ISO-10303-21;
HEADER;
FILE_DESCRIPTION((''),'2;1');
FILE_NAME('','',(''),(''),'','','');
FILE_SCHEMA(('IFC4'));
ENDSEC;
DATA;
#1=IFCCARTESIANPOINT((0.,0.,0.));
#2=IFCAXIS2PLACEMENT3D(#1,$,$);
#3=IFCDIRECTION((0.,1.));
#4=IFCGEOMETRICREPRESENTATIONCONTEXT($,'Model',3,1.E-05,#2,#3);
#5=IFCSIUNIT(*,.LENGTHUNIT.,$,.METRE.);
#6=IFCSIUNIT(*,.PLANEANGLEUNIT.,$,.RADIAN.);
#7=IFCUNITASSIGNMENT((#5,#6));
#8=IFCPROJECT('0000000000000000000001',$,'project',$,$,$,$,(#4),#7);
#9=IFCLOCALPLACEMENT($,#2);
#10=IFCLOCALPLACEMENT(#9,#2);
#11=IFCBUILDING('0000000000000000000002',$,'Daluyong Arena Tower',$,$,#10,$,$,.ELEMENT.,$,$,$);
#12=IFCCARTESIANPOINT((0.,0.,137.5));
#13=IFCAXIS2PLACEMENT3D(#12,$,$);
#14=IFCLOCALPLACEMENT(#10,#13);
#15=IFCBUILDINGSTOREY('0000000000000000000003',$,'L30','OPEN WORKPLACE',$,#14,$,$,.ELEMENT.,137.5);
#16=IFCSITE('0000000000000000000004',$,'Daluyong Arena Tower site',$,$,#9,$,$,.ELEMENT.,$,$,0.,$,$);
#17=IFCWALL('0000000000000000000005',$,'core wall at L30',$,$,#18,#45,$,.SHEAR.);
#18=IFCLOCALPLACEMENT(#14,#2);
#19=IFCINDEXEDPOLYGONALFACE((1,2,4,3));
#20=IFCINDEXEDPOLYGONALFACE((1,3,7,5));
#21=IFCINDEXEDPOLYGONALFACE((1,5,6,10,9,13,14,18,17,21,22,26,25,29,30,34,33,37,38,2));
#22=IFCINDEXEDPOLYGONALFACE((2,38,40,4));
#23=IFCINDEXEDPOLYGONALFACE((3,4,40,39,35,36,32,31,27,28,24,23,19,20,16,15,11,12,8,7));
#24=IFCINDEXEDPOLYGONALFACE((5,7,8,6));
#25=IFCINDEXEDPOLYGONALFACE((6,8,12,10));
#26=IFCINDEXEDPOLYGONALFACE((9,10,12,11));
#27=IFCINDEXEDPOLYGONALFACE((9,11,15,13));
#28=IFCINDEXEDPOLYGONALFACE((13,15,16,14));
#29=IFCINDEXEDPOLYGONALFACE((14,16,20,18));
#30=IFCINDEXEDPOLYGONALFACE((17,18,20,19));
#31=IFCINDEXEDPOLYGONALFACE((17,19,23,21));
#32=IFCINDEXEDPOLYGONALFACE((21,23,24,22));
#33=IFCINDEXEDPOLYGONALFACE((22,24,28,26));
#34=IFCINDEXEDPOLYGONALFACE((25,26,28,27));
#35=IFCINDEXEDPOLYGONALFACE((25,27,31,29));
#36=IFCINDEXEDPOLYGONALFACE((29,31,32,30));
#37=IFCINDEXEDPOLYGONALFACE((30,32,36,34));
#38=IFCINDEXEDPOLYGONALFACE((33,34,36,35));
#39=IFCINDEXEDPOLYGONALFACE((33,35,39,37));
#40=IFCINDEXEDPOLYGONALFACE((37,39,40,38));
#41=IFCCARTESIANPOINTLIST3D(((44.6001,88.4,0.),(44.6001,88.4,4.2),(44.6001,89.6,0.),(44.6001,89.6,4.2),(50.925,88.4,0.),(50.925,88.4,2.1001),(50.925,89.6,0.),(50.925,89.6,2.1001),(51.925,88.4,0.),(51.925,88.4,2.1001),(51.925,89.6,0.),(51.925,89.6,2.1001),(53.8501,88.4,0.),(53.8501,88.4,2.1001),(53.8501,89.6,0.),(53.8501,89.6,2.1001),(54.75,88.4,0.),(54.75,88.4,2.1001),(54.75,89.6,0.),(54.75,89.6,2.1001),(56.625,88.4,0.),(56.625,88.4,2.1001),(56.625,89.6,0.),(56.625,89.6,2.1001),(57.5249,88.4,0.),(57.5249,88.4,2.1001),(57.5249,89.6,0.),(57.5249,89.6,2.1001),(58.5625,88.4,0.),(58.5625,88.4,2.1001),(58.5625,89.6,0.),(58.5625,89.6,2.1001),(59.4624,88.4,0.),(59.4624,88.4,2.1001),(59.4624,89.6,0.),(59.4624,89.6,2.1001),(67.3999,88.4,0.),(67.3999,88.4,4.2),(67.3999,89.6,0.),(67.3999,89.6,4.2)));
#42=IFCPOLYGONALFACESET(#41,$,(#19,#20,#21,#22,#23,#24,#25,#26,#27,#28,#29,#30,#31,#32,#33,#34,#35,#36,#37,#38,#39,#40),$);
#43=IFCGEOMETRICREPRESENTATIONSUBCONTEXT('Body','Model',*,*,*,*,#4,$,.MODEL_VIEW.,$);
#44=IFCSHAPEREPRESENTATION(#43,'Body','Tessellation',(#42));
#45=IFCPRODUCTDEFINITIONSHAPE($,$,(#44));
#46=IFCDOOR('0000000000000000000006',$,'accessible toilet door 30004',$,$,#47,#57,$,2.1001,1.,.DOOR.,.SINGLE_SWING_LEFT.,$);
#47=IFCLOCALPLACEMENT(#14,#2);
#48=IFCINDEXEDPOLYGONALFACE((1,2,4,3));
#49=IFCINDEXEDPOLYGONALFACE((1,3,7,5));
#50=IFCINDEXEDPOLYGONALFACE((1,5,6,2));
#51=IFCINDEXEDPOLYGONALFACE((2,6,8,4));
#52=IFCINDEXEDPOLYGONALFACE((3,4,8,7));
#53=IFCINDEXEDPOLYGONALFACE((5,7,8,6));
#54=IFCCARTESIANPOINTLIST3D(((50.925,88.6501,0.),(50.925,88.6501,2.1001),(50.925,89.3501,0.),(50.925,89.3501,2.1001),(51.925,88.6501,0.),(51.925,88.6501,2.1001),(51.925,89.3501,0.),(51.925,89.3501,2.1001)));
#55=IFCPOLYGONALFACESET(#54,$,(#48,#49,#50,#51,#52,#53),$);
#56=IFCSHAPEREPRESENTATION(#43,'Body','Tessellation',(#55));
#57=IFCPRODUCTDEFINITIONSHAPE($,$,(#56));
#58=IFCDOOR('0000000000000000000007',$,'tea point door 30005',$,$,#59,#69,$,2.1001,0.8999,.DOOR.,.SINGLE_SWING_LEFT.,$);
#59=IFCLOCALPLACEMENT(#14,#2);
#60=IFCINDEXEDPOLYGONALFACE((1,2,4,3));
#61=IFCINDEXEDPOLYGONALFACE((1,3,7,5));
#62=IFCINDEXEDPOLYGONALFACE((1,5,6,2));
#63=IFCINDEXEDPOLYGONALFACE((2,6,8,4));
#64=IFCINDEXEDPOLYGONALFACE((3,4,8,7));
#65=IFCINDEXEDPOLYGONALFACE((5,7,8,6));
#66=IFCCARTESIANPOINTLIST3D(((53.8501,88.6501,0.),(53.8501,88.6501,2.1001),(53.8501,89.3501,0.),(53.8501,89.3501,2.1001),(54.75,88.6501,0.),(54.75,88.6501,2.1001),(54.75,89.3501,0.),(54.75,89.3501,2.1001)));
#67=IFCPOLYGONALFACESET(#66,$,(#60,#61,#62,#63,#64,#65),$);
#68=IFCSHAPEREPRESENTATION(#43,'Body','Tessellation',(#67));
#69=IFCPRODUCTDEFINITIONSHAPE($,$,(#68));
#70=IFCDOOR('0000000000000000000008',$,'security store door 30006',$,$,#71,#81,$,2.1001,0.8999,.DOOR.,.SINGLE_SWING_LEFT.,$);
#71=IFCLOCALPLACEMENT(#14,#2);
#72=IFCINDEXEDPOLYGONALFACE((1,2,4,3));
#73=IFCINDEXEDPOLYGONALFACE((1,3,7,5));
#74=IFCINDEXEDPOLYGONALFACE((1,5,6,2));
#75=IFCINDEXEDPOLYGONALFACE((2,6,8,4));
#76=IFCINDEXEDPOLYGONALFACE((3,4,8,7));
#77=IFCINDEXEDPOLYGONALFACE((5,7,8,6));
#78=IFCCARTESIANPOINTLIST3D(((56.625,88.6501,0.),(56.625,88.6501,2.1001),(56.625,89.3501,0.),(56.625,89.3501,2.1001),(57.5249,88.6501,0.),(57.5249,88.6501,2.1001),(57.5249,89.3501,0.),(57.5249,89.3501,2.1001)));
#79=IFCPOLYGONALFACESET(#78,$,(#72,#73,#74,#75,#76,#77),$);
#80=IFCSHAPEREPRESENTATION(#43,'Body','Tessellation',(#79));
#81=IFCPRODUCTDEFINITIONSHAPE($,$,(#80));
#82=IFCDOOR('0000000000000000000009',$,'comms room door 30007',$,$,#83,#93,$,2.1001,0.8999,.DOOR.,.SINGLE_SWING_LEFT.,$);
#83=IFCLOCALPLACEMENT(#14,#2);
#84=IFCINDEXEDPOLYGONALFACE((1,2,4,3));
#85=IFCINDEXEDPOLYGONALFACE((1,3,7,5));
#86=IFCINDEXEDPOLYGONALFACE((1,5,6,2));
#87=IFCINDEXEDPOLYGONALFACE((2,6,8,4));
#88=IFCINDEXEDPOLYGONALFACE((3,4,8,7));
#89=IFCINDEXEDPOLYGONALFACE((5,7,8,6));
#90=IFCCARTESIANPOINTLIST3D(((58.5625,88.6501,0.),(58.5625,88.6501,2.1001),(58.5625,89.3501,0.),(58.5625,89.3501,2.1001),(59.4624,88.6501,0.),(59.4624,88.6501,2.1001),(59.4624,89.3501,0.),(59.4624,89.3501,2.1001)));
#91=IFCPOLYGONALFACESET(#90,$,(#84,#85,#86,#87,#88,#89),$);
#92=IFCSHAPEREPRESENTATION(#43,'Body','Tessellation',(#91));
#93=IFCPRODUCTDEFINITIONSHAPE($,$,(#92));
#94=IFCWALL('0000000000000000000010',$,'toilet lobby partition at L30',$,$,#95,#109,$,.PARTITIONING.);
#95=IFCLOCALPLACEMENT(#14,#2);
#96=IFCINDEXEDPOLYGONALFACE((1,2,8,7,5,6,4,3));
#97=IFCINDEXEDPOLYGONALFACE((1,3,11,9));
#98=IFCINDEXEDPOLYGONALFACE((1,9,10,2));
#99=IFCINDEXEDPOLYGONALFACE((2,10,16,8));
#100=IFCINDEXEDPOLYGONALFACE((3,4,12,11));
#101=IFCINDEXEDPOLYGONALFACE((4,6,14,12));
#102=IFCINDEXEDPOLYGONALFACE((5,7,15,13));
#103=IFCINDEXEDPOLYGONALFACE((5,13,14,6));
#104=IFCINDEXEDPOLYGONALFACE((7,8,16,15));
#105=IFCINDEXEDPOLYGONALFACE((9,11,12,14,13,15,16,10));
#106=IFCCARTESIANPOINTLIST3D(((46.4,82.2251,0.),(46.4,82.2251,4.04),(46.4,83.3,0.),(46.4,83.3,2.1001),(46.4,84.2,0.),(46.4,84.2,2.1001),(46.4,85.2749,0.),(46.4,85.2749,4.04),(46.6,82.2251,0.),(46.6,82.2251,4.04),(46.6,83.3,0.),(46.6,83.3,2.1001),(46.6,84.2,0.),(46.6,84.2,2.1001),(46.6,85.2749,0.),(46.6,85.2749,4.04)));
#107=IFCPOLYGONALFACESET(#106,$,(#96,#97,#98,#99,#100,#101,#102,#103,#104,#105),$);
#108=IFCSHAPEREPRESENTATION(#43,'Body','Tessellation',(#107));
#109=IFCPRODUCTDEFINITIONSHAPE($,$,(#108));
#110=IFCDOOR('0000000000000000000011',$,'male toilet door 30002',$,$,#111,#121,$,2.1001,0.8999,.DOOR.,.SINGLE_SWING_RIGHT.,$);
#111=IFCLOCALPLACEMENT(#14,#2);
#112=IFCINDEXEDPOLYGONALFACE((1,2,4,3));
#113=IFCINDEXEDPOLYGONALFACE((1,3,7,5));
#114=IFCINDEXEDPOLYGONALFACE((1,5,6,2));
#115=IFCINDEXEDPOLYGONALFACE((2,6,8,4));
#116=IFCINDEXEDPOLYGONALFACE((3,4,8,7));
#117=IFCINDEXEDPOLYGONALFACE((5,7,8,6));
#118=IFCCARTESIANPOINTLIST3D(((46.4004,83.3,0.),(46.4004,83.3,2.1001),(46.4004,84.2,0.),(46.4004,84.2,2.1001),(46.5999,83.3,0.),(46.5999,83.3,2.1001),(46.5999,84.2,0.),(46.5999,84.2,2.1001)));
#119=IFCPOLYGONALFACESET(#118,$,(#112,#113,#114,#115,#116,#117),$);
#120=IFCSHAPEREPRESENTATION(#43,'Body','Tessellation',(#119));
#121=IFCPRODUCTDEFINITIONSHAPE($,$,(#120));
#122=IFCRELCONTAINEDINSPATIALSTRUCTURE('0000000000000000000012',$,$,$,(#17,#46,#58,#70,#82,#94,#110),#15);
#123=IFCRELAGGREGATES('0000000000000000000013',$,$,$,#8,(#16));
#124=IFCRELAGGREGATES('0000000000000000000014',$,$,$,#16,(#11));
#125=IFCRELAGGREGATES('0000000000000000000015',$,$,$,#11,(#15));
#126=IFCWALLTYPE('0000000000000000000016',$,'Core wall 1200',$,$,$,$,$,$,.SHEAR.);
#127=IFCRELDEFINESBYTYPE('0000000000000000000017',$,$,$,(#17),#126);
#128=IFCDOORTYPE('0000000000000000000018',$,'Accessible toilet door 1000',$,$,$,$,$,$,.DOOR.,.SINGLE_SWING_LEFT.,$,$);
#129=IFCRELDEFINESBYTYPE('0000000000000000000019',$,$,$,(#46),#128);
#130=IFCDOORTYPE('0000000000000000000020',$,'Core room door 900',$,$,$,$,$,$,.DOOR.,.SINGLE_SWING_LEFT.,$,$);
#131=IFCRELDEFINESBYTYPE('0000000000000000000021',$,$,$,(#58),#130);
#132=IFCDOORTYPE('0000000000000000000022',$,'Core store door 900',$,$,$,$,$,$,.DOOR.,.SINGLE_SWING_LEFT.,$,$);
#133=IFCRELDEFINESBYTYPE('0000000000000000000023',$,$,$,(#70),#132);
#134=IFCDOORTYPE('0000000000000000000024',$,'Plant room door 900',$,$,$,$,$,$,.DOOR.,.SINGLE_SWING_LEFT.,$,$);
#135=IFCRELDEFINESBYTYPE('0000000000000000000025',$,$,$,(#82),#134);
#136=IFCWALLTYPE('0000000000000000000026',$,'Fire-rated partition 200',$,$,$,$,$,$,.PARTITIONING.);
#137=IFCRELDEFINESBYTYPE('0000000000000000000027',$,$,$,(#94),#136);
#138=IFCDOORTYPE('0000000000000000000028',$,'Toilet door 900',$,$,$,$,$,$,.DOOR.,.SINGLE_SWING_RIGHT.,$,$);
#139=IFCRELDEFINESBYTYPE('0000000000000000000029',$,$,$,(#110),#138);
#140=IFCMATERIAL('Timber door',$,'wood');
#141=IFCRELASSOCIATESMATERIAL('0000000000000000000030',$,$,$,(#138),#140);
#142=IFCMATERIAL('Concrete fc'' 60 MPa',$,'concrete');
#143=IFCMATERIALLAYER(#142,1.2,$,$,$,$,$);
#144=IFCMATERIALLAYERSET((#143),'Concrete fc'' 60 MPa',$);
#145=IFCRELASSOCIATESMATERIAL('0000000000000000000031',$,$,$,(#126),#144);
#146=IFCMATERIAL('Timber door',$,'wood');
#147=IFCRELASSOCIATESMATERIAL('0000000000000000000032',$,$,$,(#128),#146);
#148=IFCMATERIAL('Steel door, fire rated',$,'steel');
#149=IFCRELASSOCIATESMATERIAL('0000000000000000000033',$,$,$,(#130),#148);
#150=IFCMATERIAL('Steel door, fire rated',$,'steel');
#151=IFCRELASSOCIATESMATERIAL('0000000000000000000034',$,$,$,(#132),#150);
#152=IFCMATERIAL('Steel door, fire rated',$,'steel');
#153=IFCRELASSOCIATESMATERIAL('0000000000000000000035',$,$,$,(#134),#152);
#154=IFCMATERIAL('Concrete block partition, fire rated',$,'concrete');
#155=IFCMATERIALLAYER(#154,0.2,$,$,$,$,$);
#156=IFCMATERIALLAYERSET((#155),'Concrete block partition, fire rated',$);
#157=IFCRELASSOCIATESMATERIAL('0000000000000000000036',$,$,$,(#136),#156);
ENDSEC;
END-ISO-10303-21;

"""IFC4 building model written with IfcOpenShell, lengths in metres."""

from ifc_helpers import new_model, si_unit, direction, frame, frame_2d, origin, place, context, subcontext, project, spatial, rectangle, extrude, material, layer, layer_set, type_object, element, fill, save


model = new_model("IFC4")

# Units and contexts
model_context = context("Model", 3, precision=1e-05, world=origin(), true_north=direction((0.0, 1.0)))
body_context = subcontext(model_context, "Body", "Model", "MODEL_VIEW")
ifc_project = project(units=[si_unit("LENGTHUNIT", "METRE"), si_unit("PLANEANGLEUNIT", "RADIAN")], contexts=[model_context])

# Site, building, storey
site_placement = place(None, origin())
site = spatial("IfcSite", under=ifc_project, at=site_placement, Name="Daluyong Arena Tower site", CompositionType="ELEMENT", RefElevation=0.0)
building_placement = place(site_placement, origin())
building = spatial("IfcBuilding", under=site, at=building_placement, Name="Daluyong Arena Tower", CompositionType="ELEMENT")
storey_placement = place(building_placement, frame((0.0, 0.0, 137.5)))
storey = spatial("IfcBuildingStorey", under=building, at=storey_placement, Name="L30", Description="OPEN WORKPLACE", CompositionType="ELEMENT", Elevation=137.5)

# Shared definitions
ifc_material_1 = material(Name="Timber door", Category="wood")
door_type_1 = type_object("IfcDoorType", Name="Toilet door 900", OperationType="SINGLE_SWING_RIGHT", PredefinedType="DOOR", material=ifc_material_1)

# Wall, openings, doors
ifc_material_2 = material(Name="Concrete fc' 60 MPa", Category="concrete")
ifc_layer_1 = layer(ifc_material_2, 1.2)
ifc_layer_set_1 = layer_set([ifc_layer_1], Name="Concrete fc' 60 MPa")
wall_type_1 = type_object("IfcWallType", Name="Core wall 1200", PredefinedType="SHEAR", material=ifc_layer_set_1)
wall_1_placement = place(storey_placement, frame((44.6001, 89.0, 0.0), z_axis=(0.0, 0.0, 1.0), x_axis=(1.0, 0.0, 0.0)))
wall_1 = element("IfcWall", 1, at=wall_1_placement, inside=storey, type_object=wall_type_1, Name="core wall at L30", PredefinedType="SHEAR", context=body_context, shape_type="SweptSolid", body=[
    extrude(rectangle(XDim=22.7998, YDim=1.2, at=frame_2d((11.3999, 0.0))), origin(), (0.0, 0.0, 1.0), 4.2),
])
opening_1_placement = place(wall_1_placement, frame((6.325, 0.0, 0.0)))
opening_1 = element("IfcOpeningElement", 2, at=opening_1_placement, cuts=wall_1, PredefinedType="OPENING", context=body_context, shape_type="SweptSolid", body=[
    extrude(rectangle(XDim=1.0, YDim=2.1001, at=frame_2d((0.5, 1.05))), frame((0.0, 0.6099, 0.0), z_axis=(0.0, -1.0, 0.0), x_axis=(1.0, 0.0, 0.0)), (0.0, 0.0, 1.0), 1.22),
])
opening_2_placement = place(wall_1_placement, frame((9.25, 0.0, 0.0)))
opening_2 = element("IfcOpeningElement", 3, at=opening_2_placement, cuts=wall_1, PredefinedType="OPENING", context=body_context, shape_type="SweptSolid", body=[
    extrude(rectangle(XDim=0.8999, YDim=2.1001, at=frame_2d((0.45, 1.05))), frame((0.0, 0.6099, 0.0), z_axis=(0.0, -1.0, 0.0), x_axis=(1.0, 0.0, 0.0)), (0.0, 0.0, 1.0), 1.22),
])
opening_3_placement = place(wall_1_placement, frame((12.0249, 0.0, 0.0)))
opening_3 = element("IfcOpeningElement", 4, at=opening_3_placement, cuts=wall_1, PredefinedType="OPENING", context=body_context, shape_type="SweptSolid", body=[
    extrude(rectangle(XDim=0.8999, YDim=2.1001, at=frame_2d((0.45, 1.05))), frame((0.0, 0.6099, 0.0), z_axis=(0.0, -1.0, 0.0), x_axis=(1.0, 0.0, 0.0)), (0.0, 0.0, 1.0), 1.22),
])
opening_4_placement = place(wall_1_placement, frame((13.9624, 0.0, 0.0)))
opening_4 = element("IfcOpeningElement", 5, at=opening_4_placement, cuts=wall_1, PredefinedType="OPENING", context=body_context, shape_type="SweptSolid", body=[
    extrude(rectangle(XDim=0.8999, YDim=2.1001, at=frame_2d((0.45, 1.05))), frame((0.0, 0.6099, 0.0), z_axis=(0.0, -1.0, 0.0), x_axis=(1.0, 0.0, 0.0)), (0.0, 0.0, 1.0), 1.22),
])
ifc_material_3 = material(Name="Timber door", Category="wood")
door_type_2 = type_object("IfcDoorType", Name="Accessible toilet door 1000", OperationType="SINGLE_SWING_LEFT", PredefinedType="DOOR", material=ifc_material_3)
door_1_placement = place(opening_1_placement, origin())
door_1 = element("IfcDoor", 6, at=door_1_placement, inside=storey, type_object=door_type_2, Name="accessible toilet door 30004", OperationType="SINGLE_SWING_LEFT", OverallHeight=2.1001, OverallWidth=1.0, PredefinedType="DOOR", context=body_context, shape_type="SweptSolid", body=[
    extrude(rectangle(XDim=1.0, YDim=2.1001, at=frame_2d((0.5, 1.05))), frame((0.0, 0.3501, 0.0), z_axis=(0.0, -1.0, 0.0), x_axis=(1.0, 0.0, 0.0)), (0.0, 0.0, 1.0), 0.7),
])
fill(opening_1, door_1)
ifc_material_4 = material(Name="Steel door, fire rated", Category="steel")
door_type_3 = type_object("IfcDoorType", Name="Core room door 900", OperationType="SINGLE_SWING_LEFT", PredefinedType="DOOR", material=ifc_material_4)
door_2_placement = place(opening_2_placement, origin())
door_2 = element("IfcDoor", 7, at=door_2_placement, inside=storey, type_object=door_type_3, Name="tea point door 30005", OperationType="SINGLE_SWING_LEFT", OverallHeight=2.1001, OverallWidth=0.8999, PredefinedType="DOOR", context=body_context, shape_type="SweptSolid", body=[
    extrude(rectangle(XDim=0.8999, YDim=2.1001, at=frame_2d((0.45, 1.05))), frame((0.0, 0.3501, 0.0), z_axis=(0.0, -1.0, 0.0), x_axis=(1.0, 0.0, 0.0)), (0.0, 0.0, 1.0), 0.7),
])
fill(opening_2, door_2)
ifc_material_5 = material(Name="Steel door, fire rated", Category="steel")
door_type_4 = type_object("IfcDoorType", Name="Core store door 900", OperationType="SINGLE_SWING_LEFT", PredefinedType="DOOR", material=ifc_material_5)
door_3_placement = place(opening_3_placement, origin())
door_3 = element("IfcDoor", 8, at=door_3_placement, inside=storey, type_object=door_type_4, Name="security store door 30006", OperationType="SINGLE_SWING_LEFT", OverallHeight=2.1001, OverallWidth=0.8999, PredefinedType="DOOR", context=body_context, shape_type="SweptSolid", body=[
    extrude(rectangle(XDim=0.8999, YDim=2.1001, at=frame_2d((0.45, 1.05))), frame((0.0, 0.3501, 0.0), z_axis=(0.0, -1.0, 0.0), x_axis=(1.0, 0.0, 0.0)), (0.0, 0.0, 1.0), 0.7),
])
fill(opening_3, door_3)
ifc_material_6 = material(Name="Steel door, fire rated", Category="steel")
door_type_5 = type_object("IfcDoorType", Name="Plant room door 900", OperationType="SINGLE_SWING_LEFT", PredefinedType="DOOR", material=ifc_material_6)
door_4_placement = place(opening_4_placement, origin())
door_4 = element("IfcDoor", 9, at=door_4_placement, inside=storey, type_object=door_type_5, Name="comms room door 30007", OperationType="SINGLE_SWING_LEFT", OverallHeight=2.1001, OverallWidth=0.8999, PredefinedType="DOOR", context=body_context, shape_type="SweptSolid", body=[
    extrude(rectangle(XDim=0.8999, YDim=2.1001, at=frame_2d((0.45, 1.05))), frame((0.0, 0.3501, 0.0), z_axis=(0.0, -1.0, 0.0), x_axis=(1.0, 0.0, 0.0)), (0.0, 0.0, 1.0), 0.7),
])
fill(opening_4, door_4)

# Wall, opening, door
ifc_material_7 = material(Name="Concrete block partition, fire rated", Category="concrete")
ifc_layer_2 = layer(ifc_material_7, 0.2)
ifc_layer_set_2 = layer_set([ifc_layer_2], Name="Concrete block partition, fire rated")
wall_type_2 = type_object("IfcWallType", Name="Fire-rated partition 200", PredefinedType="PARTITIONING", material=ifc_layer_set_2)
wall_2_placement = place(storey_placement, frame((46.5, 82.2251, 0.0), z_axis=(0.0, 0.0, 1.0), x_axis=(0.0, 1.0, 0.0)))
wall_2 = element("IfcWall", 10, at=wall_2_placement, inside=storey, type_object=wall_type_2, Name="toilet lobby partition at L30", PredefinedType="PARTITIONING", context=body_context, shape_type="SweptSolid", body=[
    extrude(rectangle(XDim=3.0498, YDim=0.2, at=frame_2d((1.5249, 0.0))), origin(), (0.0, 0.0, 1.0), 4.04),
])
opening_5_placement = place(wall_2_placement, frame((1.075, 0.0, 0.0)))
opening_5 = element("IfcOpeningElement", 11, at=opening_5_placement, cuts=wall_2, PredefinedType="OPENING", context=body_context, shape_type="SweptSolid", body=[
    extrude(rectangle(XDim=0.8999, YDim=2.1001, at=frame_2d((0.45, 1.05))), frame((0.0, 0.1099, 0.0), z_axis=(0.0, -1.0, 0.0), x_axis=(1.0, 0.0, 0.0)), (0.0, 0.0, 1.0), 0.22),
])
door_5_placement = place(opening_5_placement, origin())
door_5 = element("IfcDoor", 12, at=door_5_placement, inside=storey, type_object=door_type_1, Name="male toilet door 30002", OperationType="SINGLE_SWING_RIGHT", OverallHeight=2.1001, OverallWidth=0.8999, PredefinedType="DOOR", context=body_context, shape_type="SweptSolid", body=[
    extrude(rectangle(XDim=0.8999, YDim=2.1001, at=frame_2d((0.45, 1.05))), frame((0.0, 0.0996, 0.0), z_axis=(0.0, -1.0, 0.0), x_axis=(1.0, 0.0, 0.0)), (0.0, 0.0, 1.0), 0.1995),
])
fill(opening_5, door_5)

save(model, "model.ifc")
